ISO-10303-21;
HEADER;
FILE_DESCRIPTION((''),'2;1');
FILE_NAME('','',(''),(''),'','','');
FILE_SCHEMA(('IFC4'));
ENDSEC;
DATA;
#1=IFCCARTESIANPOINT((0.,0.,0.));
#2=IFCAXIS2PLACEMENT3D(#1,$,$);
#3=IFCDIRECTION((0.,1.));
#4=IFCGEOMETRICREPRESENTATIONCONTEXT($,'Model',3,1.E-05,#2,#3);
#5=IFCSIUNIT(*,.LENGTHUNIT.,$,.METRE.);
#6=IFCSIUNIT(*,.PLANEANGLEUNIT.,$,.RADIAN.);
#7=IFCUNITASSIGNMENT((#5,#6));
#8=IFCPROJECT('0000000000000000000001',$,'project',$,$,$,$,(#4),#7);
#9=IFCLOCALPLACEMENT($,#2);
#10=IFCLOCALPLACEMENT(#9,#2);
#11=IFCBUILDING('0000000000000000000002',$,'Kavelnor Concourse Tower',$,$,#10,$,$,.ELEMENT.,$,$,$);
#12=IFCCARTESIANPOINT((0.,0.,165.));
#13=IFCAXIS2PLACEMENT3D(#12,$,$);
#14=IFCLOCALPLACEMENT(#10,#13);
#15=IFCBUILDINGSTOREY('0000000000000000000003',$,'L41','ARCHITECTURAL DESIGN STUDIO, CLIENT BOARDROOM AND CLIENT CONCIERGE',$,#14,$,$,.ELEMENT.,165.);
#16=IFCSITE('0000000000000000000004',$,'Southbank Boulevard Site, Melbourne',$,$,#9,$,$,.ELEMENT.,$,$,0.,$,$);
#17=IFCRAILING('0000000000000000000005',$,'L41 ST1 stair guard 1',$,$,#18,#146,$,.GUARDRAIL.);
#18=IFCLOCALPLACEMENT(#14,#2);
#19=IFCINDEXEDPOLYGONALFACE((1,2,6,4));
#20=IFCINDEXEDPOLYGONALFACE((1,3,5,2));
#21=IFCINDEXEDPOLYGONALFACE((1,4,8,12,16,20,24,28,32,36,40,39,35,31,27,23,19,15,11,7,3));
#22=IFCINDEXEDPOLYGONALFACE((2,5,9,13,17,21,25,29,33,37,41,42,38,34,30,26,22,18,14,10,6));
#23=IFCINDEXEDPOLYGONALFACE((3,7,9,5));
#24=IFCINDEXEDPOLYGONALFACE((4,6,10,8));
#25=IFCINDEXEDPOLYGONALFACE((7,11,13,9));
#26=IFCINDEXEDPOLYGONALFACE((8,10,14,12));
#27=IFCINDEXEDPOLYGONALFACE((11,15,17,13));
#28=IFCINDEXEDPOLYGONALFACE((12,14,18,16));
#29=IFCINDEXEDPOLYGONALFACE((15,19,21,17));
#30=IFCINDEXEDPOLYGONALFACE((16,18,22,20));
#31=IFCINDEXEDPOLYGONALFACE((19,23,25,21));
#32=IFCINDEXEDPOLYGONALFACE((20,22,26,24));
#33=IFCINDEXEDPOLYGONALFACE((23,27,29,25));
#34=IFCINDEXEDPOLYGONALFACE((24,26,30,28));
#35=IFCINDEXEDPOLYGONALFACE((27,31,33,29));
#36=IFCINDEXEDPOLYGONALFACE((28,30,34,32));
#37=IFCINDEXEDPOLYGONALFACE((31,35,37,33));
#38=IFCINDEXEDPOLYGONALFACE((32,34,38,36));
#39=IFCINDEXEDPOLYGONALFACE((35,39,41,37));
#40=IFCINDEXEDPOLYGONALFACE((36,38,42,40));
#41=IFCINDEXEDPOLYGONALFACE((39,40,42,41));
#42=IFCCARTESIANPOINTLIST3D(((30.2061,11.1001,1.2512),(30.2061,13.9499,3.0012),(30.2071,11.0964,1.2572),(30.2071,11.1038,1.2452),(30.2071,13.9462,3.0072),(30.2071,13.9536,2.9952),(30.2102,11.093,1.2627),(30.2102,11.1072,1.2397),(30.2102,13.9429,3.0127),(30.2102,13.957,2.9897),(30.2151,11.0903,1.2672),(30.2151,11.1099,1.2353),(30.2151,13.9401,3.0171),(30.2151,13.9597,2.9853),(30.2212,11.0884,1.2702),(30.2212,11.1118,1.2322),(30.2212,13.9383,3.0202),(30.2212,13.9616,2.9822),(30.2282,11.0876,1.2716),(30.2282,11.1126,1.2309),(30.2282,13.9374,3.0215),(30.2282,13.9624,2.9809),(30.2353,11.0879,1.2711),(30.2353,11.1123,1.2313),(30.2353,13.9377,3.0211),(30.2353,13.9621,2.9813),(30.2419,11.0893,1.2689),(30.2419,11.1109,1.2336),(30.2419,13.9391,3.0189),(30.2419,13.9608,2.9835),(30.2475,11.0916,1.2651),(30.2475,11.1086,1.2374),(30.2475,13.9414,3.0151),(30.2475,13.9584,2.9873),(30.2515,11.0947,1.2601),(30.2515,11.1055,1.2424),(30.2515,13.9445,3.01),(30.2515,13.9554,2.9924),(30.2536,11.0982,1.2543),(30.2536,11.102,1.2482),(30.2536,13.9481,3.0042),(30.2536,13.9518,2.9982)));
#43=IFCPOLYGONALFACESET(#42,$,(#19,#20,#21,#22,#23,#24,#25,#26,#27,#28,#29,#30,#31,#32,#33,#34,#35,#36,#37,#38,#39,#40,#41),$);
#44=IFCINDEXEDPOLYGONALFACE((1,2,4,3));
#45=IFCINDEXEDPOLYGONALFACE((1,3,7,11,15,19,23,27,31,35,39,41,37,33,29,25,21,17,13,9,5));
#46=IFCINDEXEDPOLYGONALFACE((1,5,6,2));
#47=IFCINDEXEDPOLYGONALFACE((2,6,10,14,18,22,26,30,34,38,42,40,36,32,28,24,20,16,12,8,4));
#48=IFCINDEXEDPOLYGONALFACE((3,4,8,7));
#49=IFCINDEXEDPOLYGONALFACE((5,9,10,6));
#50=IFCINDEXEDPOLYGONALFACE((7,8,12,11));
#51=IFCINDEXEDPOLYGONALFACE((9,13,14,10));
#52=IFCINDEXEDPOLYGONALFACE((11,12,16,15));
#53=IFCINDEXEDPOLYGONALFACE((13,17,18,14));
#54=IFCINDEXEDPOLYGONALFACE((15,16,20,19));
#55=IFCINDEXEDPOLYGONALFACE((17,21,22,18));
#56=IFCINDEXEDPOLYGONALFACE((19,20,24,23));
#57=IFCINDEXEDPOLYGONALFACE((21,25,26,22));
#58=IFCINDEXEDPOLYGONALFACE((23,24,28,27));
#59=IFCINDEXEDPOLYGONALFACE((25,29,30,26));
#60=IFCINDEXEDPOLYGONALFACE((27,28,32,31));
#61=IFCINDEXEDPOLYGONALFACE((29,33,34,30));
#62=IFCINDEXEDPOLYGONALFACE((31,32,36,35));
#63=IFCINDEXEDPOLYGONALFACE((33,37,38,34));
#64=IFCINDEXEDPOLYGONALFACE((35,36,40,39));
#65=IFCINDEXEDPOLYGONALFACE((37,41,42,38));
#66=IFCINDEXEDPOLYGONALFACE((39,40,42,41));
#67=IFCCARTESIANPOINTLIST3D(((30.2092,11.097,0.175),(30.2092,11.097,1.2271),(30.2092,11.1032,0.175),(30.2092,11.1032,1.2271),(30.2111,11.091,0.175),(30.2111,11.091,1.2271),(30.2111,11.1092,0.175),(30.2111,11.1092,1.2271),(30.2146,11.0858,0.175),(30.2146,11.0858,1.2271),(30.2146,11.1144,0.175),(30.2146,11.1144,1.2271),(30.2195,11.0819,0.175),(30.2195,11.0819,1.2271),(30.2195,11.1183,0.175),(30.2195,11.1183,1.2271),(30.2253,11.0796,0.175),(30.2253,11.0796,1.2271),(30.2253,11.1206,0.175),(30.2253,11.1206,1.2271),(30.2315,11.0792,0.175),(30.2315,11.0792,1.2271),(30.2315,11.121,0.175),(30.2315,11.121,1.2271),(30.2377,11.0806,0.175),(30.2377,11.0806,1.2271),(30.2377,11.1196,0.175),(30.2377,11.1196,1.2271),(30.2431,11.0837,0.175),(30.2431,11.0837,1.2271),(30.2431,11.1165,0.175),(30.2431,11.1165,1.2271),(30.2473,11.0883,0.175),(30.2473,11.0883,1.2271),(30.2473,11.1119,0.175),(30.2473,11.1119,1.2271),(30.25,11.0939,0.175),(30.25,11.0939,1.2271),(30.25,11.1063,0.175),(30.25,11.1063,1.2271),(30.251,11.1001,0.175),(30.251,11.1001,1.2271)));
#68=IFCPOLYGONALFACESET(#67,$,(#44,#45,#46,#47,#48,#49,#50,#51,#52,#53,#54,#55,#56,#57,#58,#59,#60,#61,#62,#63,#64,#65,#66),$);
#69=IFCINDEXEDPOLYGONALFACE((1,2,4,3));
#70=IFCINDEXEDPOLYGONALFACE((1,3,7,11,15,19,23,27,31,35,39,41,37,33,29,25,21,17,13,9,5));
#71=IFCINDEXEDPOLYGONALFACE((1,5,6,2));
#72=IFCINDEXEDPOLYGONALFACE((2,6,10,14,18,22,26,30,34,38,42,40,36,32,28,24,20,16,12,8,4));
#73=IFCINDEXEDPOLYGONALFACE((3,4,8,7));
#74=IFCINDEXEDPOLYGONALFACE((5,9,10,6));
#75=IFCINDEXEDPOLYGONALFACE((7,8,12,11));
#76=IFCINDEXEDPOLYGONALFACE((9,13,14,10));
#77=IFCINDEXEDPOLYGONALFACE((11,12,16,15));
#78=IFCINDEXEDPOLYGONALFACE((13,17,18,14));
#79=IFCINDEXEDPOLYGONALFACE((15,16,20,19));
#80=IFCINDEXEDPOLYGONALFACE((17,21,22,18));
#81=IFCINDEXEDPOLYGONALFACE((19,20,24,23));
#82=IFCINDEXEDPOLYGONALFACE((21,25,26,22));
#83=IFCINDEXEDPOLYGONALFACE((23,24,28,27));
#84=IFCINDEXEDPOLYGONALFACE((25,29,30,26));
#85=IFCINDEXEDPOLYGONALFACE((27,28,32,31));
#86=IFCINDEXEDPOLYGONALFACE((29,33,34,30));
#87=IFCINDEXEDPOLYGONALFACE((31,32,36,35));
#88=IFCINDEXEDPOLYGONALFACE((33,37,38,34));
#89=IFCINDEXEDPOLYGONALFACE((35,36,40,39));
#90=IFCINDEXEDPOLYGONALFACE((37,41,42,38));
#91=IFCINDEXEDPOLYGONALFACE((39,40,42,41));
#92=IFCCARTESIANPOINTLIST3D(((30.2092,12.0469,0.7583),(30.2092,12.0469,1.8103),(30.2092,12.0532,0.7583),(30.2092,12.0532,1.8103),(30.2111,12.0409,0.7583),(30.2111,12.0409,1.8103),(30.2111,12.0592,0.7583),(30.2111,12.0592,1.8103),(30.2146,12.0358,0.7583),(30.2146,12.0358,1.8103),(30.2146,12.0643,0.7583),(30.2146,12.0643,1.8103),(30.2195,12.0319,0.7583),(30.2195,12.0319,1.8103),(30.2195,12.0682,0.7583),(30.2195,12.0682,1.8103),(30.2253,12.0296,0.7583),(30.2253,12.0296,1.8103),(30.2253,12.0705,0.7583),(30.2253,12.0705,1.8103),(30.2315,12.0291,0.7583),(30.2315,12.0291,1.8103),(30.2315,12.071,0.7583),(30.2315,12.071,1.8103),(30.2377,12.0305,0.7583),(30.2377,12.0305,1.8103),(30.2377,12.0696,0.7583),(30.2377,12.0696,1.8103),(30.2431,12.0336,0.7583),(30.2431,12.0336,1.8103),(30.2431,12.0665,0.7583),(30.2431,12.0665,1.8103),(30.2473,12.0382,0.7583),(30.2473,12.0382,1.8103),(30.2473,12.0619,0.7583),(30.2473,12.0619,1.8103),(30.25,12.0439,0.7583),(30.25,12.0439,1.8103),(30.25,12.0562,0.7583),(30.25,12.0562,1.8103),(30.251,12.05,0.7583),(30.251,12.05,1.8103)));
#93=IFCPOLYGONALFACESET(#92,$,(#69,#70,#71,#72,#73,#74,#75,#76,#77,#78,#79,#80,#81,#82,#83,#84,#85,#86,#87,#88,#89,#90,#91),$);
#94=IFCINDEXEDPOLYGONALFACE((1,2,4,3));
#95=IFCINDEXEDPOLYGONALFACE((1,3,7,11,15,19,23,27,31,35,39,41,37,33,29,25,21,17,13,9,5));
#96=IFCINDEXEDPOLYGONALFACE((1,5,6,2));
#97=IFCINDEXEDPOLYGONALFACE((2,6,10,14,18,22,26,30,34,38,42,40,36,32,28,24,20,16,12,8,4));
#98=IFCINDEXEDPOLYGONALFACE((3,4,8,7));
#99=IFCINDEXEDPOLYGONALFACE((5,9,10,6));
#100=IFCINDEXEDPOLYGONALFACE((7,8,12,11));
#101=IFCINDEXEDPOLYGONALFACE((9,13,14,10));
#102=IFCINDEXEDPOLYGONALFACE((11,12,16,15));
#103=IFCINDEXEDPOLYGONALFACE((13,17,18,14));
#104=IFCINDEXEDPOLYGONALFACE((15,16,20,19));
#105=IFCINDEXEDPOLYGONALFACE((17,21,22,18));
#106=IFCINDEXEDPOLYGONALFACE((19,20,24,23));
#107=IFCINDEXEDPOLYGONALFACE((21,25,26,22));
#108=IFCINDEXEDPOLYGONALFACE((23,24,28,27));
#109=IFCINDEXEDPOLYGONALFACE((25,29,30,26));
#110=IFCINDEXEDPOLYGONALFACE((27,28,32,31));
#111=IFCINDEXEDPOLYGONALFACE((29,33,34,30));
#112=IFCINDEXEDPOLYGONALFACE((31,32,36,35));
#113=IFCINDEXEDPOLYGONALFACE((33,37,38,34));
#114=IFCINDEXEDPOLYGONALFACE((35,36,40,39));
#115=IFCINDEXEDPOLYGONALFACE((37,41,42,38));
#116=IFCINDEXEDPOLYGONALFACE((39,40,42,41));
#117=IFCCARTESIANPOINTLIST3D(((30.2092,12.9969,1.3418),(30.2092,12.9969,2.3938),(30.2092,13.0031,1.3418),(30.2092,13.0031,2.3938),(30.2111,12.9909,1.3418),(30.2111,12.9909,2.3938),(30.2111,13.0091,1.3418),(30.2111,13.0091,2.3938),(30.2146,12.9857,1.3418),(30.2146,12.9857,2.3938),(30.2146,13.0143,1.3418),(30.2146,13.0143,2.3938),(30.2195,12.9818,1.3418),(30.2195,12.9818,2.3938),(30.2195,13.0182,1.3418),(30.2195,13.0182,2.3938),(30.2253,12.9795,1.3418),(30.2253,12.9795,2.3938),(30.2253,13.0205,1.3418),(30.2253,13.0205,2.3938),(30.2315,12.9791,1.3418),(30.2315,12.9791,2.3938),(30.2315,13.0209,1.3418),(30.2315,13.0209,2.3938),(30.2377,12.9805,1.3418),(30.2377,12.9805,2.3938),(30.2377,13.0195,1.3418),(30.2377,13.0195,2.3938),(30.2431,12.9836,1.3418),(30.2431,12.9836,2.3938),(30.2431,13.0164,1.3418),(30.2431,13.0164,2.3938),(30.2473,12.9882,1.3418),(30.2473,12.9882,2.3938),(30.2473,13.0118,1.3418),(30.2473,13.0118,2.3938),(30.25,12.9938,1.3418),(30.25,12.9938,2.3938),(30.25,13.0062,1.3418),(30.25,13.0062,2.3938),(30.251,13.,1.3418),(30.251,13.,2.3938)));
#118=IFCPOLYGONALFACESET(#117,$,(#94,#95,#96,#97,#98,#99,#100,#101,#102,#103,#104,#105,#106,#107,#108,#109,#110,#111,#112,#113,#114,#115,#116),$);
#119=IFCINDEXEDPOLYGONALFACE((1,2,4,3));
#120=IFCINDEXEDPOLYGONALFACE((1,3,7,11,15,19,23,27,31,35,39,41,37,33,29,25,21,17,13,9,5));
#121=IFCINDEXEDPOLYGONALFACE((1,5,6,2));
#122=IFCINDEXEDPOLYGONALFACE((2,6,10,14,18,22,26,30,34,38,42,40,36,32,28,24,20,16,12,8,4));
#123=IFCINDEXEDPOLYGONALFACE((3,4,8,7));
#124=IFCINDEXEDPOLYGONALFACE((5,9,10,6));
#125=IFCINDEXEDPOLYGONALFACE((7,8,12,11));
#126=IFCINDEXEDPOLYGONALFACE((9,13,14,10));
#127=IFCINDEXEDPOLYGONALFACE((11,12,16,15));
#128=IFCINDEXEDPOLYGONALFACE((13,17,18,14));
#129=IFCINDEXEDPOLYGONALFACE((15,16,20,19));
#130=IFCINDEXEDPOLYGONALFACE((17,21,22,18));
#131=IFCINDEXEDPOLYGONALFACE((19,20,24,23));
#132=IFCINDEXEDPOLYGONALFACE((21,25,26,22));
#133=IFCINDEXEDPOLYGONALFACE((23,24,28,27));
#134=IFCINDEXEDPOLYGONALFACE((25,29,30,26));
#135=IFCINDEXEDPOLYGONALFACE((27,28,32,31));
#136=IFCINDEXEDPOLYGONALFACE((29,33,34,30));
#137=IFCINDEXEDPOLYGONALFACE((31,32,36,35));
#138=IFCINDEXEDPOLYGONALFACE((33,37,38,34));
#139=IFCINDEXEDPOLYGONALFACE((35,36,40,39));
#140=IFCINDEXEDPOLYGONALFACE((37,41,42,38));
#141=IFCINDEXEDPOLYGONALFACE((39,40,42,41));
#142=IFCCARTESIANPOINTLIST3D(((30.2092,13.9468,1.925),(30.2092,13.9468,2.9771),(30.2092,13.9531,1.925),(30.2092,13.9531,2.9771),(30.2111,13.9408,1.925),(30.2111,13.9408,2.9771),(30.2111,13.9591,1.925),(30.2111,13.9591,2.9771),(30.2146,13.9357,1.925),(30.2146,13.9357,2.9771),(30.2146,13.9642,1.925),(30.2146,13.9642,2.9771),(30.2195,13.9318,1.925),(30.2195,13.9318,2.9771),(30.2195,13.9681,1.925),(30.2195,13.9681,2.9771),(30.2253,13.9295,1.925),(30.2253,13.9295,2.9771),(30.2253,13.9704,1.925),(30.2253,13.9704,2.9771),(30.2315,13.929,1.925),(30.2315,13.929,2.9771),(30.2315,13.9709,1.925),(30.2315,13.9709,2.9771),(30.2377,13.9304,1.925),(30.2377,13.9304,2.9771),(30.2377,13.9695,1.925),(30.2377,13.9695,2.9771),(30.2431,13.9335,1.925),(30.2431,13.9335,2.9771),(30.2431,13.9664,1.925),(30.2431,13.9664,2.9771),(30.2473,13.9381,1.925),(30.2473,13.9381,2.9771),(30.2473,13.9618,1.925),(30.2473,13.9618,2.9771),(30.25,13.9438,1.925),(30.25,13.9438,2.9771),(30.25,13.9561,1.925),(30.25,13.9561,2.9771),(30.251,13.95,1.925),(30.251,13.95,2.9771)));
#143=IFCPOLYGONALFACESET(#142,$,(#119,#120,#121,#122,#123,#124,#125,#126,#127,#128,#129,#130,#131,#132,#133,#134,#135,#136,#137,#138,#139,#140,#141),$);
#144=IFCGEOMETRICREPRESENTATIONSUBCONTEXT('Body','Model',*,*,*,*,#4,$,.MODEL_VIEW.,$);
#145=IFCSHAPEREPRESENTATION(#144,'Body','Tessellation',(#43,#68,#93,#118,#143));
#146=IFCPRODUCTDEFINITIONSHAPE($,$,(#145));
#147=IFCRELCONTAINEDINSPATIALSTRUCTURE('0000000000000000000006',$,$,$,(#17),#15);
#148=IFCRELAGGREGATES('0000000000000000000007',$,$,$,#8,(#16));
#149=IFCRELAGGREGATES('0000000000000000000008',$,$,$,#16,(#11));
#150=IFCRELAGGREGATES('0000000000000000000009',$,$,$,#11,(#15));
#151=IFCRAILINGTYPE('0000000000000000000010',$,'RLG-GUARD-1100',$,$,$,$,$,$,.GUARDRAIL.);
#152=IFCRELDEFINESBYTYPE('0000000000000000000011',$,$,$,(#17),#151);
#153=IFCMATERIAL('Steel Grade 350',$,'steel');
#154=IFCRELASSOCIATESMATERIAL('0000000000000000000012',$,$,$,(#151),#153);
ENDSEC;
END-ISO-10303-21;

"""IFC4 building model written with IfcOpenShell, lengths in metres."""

from ifc_helpers import new_model, si_unit, direction, frame, origin, origin_2d, place, context, subcontext, project, spatial, circle, extrude, material, type_object, element, save


model = new_model("IFC4")

# Units and contexts
model_context = context("Model", 3, precision=1e-05, world=origin(), true_north=direction((0.0, 1.0)))
body_context = subcontext(model_context, "Body", "Model", "MODEL_VIEW")
ifc_project = project(units=[si_unit("LENGTHUNIT", "METRE"), si_unit("PLANEANGLEUNIT", "RADIAN")], contexts=[model_context])

# Site, building, storey
site_placement = place(None, origin())
site = spatial("IfcSite", under=ifc_project, at=site_placement, Name="Southbank Boulevard Site, Melbourne", CompositionType="ELEMENT", RefElevation=0.0)
building_placement = place(site_placement, origin())
building = spatial("IfcBuilding", under=site, at=building_placement, Name="Kavelnor Concourse Tower", CompositionType="ELEMENT")
storey_placement = place(building_placement, frame((0.0, 0.0, 165.0)))
storey = spatial("IfcBuildingStorey", under=building, at=storey_placement, Name="L41", Description="ARCHITECTURAL DESIGN STUDIO, CLIENT BOARDROOM AND CLIENT CONCIERGE", CompositionType="ELEMENT", Elevation=165.0)

# Shared definitions
ifc_material_1 = material(Name="Steel Grade 350", Category="steel")

# Railing
railing_type_1 = type_object("IfcRailingType", Name="RLG-GUARD-1100", PredefinedType="GUARDRAIL", material=ifc_material_1)
railing_1_placement = place(storey_placement, frame((30.23, 11.1001, 0.175)))
element("IfcRailing", 1, at=railing_1_placement, inside=storey, type_object=railing_type_1, Name="L41 ST1 stair guard 1", PredefinedType="GUARDRAIL", context=body_context, shape_type="SweptSolid", body=[
    extrude(circle(Radius=0.0239, at=origin_2d()), frame((0.0, 0.0, 1.0762), z_axis=(0.0, 0.852159, 0.523283), x_axis=(-1.0, 0.0, 0.0)), (0.0, 0.0, 1.0), 3.3442),
    extrude(circle(Radius=0.021, at=origin_2d()), origin(), (0.0, 0.0, 1.0), 1.052),
    extrude(circle(Radius=0.021, at=origin_2d()), frame((0.0, 0.95, 0.5833)), (0.0, 0.0, 1.0), 1.052),
    extrude(circle(Radius=0.021, at=origin_2d()), frame((0.0, 1.8999, 1.1667)), (0.0, 0.0, 1.0), 1.052),
    extrude(circle(Radius=0.021, at=origin_2d()), frame((0.0, 2.8499, 1.75)), (0.0, 0.0, 1.0), 1.052),
])

save(model, "model.ifc")
